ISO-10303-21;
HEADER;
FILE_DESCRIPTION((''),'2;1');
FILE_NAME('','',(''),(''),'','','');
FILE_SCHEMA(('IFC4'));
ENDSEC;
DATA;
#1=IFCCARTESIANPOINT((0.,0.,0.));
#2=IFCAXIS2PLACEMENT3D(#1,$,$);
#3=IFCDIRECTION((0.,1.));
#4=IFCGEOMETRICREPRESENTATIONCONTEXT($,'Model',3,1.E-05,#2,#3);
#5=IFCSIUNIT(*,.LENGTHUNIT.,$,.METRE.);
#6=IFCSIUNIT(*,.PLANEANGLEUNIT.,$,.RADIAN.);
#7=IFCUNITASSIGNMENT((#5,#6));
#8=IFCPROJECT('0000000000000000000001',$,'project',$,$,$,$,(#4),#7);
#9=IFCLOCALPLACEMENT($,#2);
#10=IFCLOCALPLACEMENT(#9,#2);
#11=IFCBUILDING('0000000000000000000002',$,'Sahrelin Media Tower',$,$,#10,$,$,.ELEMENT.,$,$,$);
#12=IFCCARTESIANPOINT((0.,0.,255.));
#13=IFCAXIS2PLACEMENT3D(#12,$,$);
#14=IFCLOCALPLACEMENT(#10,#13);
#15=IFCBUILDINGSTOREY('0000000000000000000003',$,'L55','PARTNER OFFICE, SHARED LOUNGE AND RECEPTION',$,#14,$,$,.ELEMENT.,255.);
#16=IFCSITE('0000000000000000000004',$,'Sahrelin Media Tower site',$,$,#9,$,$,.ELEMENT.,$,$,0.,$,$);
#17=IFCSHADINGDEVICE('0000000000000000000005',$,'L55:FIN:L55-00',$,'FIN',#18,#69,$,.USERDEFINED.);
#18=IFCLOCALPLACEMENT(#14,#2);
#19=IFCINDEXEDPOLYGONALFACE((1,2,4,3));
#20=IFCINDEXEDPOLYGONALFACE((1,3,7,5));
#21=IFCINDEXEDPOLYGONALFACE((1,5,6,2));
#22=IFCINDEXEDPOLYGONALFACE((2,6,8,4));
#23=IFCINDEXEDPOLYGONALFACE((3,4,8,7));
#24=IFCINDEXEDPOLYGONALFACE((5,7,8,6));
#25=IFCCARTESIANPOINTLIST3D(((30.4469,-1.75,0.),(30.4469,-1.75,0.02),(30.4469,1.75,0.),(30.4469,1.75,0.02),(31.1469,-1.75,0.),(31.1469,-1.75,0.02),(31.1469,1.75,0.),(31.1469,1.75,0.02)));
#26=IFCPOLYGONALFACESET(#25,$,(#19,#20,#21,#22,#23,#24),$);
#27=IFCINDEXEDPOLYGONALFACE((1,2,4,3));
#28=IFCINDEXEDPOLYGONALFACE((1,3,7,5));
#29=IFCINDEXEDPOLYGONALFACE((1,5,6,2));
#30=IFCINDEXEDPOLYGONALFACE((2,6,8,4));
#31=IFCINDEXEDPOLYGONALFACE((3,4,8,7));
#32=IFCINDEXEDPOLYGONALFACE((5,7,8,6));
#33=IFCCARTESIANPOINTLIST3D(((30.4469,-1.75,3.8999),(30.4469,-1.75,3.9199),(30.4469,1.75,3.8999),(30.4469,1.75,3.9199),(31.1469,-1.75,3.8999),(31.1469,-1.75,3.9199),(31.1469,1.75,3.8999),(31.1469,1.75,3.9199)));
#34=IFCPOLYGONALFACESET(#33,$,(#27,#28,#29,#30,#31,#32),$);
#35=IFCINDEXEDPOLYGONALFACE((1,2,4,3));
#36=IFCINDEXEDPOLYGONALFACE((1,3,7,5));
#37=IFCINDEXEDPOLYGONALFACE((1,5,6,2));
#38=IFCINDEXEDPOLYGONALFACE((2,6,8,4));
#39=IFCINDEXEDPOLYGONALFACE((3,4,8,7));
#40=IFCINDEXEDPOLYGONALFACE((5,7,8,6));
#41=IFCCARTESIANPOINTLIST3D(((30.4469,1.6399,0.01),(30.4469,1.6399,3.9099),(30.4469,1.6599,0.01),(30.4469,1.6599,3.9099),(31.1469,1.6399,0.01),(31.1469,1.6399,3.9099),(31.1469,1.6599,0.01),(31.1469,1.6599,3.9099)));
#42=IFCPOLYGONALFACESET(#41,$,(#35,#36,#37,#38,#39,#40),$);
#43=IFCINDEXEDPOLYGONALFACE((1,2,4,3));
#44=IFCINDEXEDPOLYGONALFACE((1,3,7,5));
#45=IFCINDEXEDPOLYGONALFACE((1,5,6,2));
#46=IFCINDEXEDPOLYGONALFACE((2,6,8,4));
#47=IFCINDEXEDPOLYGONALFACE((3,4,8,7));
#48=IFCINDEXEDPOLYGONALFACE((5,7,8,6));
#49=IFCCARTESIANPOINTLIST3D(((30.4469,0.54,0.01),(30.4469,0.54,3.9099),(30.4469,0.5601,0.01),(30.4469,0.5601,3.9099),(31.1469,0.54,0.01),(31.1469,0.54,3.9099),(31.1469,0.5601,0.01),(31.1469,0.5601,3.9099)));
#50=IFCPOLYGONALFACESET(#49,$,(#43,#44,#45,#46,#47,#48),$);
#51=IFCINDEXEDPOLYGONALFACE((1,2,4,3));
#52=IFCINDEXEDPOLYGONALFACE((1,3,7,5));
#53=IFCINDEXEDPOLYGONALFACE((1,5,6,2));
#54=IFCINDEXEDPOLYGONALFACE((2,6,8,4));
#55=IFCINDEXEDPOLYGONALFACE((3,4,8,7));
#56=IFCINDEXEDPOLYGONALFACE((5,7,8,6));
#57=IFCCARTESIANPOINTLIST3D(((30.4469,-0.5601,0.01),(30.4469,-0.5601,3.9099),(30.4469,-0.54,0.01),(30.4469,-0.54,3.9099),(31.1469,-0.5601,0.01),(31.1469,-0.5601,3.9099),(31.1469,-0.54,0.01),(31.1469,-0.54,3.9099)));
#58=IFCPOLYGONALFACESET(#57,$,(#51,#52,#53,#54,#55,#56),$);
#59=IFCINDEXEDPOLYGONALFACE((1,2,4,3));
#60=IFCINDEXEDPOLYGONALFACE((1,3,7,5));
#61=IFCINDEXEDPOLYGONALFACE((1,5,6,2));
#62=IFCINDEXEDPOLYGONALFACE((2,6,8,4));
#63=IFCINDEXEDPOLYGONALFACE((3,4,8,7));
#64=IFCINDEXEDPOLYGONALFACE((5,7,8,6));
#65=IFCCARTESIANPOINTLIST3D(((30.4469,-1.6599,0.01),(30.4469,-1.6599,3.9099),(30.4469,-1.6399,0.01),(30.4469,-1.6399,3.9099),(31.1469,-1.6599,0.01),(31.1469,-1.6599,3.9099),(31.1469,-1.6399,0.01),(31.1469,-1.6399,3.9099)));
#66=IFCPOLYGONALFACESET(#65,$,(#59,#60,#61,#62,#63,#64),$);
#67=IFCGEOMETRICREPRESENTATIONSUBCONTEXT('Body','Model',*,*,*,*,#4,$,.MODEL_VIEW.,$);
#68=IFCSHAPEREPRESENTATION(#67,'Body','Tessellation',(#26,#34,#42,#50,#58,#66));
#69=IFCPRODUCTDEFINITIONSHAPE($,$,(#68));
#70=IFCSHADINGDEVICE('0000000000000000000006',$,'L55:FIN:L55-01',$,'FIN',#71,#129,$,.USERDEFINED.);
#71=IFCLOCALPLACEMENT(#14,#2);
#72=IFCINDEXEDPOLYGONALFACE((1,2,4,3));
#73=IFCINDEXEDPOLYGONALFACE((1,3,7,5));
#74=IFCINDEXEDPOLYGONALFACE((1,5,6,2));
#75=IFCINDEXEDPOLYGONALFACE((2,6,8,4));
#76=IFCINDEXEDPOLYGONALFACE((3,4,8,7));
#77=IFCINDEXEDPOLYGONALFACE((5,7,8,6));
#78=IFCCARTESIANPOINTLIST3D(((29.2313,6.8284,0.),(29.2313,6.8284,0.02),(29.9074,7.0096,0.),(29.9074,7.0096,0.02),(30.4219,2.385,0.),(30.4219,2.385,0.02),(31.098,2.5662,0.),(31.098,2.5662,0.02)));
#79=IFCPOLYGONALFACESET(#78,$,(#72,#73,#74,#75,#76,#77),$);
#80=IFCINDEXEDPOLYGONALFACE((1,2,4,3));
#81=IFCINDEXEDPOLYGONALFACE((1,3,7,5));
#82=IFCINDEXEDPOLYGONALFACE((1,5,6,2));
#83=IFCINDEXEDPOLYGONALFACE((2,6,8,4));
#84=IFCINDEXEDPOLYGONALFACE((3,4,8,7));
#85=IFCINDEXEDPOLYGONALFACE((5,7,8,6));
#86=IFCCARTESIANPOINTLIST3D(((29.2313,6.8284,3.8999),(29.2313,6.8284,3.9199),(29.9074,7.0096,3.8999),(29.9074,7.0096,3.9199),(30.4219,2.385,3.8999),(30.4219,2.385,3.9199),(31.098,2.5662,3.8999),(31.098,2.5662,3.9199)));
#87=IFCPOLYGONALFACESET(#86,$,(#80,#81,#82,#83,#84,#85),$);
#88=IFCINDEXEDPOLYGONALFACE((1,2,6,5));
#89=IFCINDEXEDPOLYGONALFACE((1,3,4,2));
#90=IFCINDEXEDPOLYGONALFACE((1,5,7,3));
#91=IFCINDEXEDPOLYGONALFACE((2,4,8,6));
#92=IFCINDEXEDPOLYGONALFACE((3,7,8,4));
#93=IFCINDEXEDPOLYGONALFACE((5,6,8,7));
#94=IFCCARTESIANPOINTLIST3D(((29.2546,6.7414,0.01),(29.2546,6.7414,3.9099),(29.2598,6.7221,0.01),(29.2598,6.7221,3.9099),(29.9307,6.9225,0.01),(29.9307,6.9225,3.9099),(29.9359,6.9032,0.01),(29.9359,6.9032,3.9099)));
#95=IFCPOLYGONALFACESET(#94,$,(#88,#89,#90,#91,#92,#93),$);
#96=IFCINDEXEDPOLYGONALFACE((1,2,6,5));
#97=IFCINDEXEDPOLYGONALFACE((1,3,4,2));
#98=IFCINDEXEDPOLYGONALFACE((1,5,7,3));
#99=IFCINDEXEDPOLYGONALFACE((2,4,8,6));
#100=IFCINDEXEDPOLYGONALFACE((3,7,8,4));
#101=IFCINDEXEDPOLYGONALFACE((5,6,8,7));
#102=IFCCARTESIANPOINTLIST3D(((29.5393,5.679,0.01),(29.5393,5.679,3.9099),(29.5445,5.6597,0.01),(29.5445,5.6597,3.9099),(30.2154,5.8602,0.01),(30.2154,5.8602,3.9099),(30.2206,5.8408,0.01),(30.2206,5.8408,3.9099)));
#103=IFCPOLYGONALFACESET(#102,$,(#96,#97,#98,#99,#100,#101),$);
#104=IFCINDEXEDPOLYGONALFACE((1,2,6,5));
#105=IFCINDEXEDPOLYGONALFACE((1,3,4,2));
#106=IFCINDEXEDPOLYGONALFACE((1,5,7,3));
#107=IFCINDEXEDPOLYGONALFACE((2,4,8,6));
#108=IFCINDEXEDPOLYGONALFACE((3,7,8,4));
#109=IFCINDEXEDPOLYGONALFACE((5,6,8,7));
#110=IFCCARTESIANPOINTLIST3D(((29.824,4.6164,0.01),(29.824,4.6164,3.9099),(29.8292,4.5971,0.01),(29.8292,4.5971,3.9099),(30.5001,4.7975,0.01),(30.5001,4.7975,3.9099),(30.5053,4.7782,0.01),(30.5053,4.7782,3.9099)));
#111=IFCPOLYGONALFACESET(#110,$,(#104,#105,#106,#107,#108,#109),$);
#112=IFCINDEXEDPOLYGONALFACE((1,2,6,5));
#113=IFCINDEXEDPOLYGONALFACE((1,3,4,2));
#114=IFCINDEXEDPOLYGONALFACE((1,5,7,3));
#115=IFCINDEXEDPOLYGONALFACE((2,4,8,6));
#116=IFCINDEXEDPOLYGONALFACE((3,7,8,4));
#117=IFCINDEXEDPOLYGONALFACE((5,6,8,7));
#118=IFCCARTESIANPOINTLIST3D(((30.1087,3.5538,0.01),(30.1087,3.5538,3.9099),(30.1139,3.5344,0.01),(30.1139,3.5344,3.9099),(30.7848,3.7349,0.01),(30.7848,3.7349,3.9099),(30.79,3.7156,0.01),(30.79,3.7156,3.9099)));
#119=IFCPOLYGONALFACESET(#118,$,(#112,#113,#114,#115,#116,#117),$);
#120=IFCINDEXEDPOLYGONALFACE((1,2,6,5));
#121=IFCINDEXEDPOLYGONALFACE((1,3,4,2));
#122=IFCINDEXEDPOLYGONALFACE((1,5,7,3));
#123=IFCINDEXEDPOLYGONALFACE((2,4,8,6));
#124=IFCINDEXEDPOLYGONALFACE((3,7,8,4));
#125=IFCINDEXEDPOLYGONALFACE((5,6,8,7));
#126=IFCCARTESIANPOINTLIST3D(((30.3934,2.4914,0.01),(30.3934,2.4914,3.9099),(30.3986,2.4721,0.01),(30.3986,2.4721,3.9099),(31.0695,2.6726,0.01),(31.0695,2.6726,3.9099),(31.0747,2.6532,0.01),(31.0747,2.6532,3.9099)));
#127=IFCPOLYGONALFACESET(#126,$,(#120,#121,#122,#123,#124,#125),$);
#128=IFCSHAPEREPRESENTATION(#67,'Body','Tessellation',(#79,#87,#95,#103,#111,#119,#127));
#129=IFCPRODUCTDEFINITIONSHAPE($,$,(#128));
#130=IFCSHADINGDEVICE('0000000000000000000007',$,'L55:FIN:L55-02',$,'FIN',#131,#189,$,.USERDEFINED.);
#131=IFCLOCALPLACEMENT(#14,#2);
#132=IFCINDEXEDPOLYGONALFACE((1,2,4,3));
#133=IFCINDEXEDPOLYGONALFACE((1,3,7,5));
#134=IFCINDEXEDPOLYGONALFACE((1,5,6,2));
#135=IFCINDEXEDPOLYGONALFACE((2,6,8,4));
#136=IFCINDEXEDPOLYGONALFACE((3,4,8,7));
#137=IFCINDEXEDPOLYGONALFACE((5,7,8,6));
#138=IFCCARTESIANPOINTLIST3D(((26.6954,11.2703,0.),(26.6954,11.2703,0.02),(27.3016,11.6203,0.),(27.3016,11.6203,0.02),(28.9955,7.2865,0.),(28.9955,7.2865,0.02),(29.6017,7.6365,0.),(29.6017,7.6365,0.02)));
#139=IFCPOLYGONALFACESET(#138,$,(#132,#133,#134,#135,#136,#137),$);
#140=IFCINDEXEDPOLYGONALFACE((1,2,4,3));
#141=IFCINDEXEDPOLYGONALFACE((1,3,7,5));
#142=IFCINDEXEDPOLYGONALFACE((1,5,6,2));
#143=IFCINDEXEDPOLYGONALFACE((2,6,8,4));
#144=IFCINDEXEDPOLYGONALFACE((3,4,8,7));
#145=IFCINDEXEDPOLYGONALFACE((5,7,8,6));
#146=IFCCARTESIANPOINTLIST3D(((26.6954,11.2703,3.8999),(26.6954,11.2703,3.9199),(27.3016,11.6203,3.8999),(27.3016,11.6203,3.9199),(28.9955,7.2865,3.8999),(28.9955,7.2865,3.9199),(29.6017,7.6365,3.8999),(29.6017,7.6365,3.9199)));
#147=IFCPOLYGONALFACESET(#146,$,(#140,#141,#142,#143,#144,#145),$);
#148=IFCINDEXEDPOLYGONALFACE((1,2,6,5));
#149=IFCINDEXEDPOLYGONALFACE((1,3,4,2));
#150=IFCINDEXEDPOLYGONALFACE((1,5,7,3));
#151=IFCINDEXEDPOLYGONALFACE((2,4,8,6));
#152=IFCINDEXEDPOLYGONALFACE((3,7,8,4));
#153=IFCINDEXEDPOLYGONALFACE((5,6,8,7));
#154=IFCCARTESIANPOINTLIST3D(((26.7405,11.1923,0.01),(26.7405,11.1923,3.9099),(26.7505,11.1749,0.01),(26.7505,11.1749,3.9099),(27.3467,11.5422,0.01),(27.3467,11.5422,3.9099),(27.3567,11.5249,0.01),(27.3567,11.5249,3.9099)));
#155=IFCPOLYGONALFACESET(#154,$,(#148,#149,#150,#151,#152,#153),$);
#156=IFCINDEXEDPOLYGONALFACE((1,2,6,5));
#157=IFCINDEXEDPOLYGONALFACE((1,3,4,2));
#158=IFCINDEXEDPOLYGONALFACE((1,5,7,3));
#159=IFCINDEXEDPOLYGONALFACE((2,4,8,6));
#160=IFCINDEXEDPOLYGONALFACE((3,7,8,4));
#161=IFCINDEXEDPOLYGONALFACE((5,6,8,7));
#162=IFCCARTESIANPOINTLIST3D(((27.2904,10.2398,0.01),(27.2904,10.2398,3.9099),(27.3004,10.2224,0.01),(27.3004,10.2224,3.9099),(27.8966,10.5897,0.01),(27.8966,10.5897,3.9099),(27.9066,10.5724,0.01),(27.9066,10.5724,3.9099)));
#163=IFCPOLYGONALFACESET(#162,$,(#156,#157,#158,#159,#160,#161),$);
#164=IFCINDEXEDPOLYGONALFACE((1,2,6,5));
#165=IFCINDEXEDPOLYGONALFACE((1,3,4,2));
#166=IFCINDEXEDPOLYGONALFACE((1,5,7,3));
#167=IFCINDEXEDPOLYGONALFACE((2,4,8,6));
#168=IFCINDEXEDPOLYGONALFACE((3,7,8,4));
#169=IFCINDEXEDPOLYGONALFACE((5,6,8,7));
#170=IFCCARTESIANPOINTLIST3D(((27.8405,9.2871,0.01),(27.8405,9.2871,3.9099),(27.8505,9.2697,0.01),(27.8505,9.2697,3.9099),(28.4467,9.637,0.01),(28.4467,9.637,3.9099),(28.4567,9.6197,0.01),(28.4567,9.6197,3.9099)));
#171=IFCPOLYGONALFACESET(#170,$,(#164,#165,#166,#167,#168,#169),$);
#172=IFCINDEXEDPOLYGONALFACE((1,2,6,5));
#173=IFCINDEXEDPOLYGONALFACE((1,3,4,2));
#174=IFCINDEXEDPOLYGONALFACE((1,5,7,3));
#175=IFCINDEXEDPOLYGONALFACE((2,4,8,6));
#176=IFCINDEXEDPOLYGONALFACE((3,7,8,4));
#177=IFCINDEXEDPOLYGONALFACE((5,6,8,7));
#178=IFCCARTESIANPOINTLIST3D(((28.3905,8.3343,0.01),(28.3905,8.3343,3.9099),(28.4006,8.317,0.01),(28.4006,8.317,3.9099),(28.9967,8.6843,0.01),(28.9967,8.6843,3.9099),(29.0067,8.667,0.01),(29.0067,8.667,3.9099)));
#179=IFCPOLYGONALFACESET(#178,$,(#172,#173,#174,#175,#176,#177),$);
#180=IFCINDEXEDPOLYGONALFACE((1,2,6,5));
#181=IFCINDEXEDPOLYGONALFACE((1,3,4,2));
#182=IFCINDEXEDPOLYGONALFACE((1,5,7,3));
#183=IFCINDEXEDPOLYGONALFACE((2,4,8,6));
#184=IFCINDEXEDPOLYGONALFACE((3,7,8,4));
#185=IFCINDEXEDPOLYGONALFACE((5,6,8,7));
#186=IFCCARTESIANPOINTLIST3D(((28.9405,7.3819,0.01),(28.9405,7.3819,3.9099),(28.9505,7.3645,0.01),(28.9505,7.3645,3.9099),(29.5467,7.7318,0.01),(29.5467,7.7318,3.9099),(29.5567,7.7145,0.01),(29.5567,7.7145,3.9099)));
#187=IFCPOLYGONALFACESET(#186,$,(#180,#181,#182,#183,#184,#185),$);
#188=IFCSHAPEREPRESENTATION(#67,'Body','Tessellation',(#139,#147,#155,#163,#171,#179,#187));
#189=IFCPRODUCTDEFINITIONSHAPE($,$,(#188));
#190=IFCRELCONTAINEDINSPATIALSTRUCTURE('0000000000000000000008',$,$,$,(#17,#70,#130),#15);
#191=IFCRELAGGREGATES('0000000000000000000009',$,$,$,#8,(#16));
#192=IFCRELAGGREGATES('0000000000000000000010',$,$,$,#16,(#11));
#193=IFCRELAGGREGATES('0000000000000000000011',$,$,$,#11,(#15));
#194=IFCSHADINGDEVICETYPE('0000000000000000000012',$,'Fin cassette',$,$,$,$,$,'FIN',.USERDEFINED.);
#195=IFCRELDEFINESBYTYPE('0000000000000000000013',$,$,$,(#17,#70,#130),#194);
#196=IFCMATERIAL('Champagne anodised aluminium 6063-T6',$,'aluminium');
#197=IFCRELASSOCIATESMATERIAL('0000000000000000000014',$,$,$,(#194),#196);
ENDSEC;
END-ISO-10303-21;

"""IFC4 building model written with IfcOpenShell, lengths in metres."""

from ifc_helpers import new_model, si_unit, direction, frame, origin, origin_2d, place, context, subcontext, project, spatial, rectangle, extrude, material, type_object, element, save


model = new_model("IFC4")

# Units and contexts
model_context = context("Model", 3, precision=1e-05, world=origin(), true_north=direction((0.0, 1.0)))
body_context = subcontext(model_context, "Body", "Model", "MODEL_VIEW")
ifc_project = project(units=[si_unit("LENGTHUNIT", "METRE"), si_unit("PLANEANGLEUNIT", "RADIAN")], contexts=[model_context])

# Site, building, storey
site_placement = place(None, origin())
site = spatial("IfcSite", under=ifc_project, at=site_placement, Name="Sahrelin Media Tower site", CompositionType="ELEMENT", RefElevation=0.0)
building_placement = place(site_placement, origin())
building = spatial("IfcBuilding", under=site, at=building_placement, Name="Sahrelin Media Tower", CompositionType="ELEMENT")
storey_placement = place(building_placement, frame((0.0, 0.0, 255.0)))
storey = spatial("IfcBuildingStorey", under=building, at=storey_placement, Name="L55", Description="PARTNER OFFICE, SHARED LOUNGE AND RECEPTION", CompositionType="ELEMENT", Elevation=255.0)

# Shared definitions
ifc_material_1 = material(Name="Champagne anodised aluminium 6063-T6", Category="aluminium")

# Shading devices
shading_device_type_1 = type_object("IfcShadingDeviceType", Name="Fin cassette", ElementType="FIN", PredefinedType="USERDEFINED", material=ifc_material_1)
placement_1 = place(storey_placement, frame((30.377, 0.0, 0.0), z_axis=(0.0, 0.0, 1.0), x_axis=(0.0, -1.0, 0.0)))
element("IfcShadingDevice", 1, at=placement_1, inside=storey, type_object=shading_device_type_1, Name="L55:FIN:L55-00", ObjectType="FIN", PredefinedType="USERDEFINED", context=body_context, shape_type="SweptSolid", body=[
    extrude(rectangle(XDim=3.5, YDim=0.7, at=origin_2d()), frame((0.0, 0.4199, 0.0)), (0.0, 0.0, 1.0), 0.02),
    extrude(rectangle(XDim=3.5, YDim=0.7, at=origin_2d()), frame((0.0, 0.4199, 3.8999)), (0.0, 0.0, 1.0), 0.02),
    extrude(rectangle(XDim=0.02, YDim=0.7, at=origin_2d()), frame((-1.6499, 0.4199, 0.01), z_axis=(0.0, 0.0, 1.0), x_axis=(1.0, 0.0, 0.0)), (0.0, 0.0, 1.0), 3.8999),
    extrude(rectangle(XDim=0.02, YDim=0.7, at=origin_2d()), frame((-0.55, 0.4199, 0.01), z_axis=(0.0, 0.0, 1.0), x_axis=(1.0, 0.0, 0.0)), (0.0, 0.0, 1.0), 3.8999),
    extrude(rectangle(XDim=0.02, YDim=0.7, at=origin_2d()), frame((0.55, 0.4199, 0.01), z_axis=(0.0, 0.0, 1.0), x_axis=(1.0, 0.0, 0.0)), (0.0, 0.0, 1.0), 3.8999),
    extrude(rectangle(XDim=0.02, YDim=0.7, at=origin_2d()), frame((1.6499, 0.4199, 0.01), z_axis=(0.0, 0.0, 1.0), x_axis=(1.0, 0.0, 0.0)), (0.0, 0.0, 1.0), 3.8999),
])
placement_2 = place(storey_placement, frame((29.759, 4.5886, 0.0), z_axis=(0.0, 0.0, 1.0), x_axis=(0.258808, -0.965929, 0.0)))
element("IfcShadingDevice", 2, at=placement_2, inside=storey, type_object=shading_device_type_1, Name="L55:FIN:L55-01", ObjectType="FIN", PredefinedType="USERDEFINED", context=body_context, shape_type="SweptSolid", body=[
    extrude(rectangle(XDim=4.6001, YDim=0.7, at=origin_2d()), frame((0.0, 0.4199, 0.0)), (0.0, 0.0, 1.0), 0.02),
    extrude(rectangle(XDim=4.6001, YDim=0.7, at=origin_2d()), frame((0.0, 0.4199, 3.8999)), (0.0, 0.0, 1.0), 0.02),
    extrude(rectangle(XDim=0.02, YDim=0.7, at=origin_2d()), frame((-2.2, 0.4199, 0.01), z_axis=(0.0, 0.0, 1.0), x_axis=(1.0, 0.0, 0.0)), (0.0, 0.0, 1.0), 3.8999),
    extrude(rectangle(XDim=0.02, YDim=0.7, at=origin_2d()), frame((-1.1001, 0.4199, 0.01), z_axis=(0.0, 0.0, 1.0), x_axis=(1.0, 0.0, 0.0)), (0.0, 0.0, 1.0), 3.8999),
    extrude(rectangle(XDim=0.02, YDim=0.7, at=origin_2d()), frame((0.0, 0.4199, 0.01), z_axis=(0.0, 0.0, 1.0), x_axis=(1.0, 0.0, 0.0)), (0.0, 0.0, 1.0), 3.8999),
    extrude(rectangle(XDim=0.02, YDim=0.7, at=origin_2d()), frame((1.1001, 0.4199, 0.01), z_axis=(0.0, 0.0, 1.0), x_axis=(1.0, 0.0, 0.0)), (0.0, 0.0, 1.0), 3.8999),
    extrude(rectangle(XDim=0.02, YDim=0.7, at=origin_2d()), frame((2.2, 0.4199, 0.01), z_axis=(0.0, 0.0, 1.0), x_axis=(1.0, 0.0, 0.0)), (0.0, 0.0, 1.0), 3.8999),
])
placement_3 = place(storey_placement, frame((27.7849, 9.2434, 0.0), z_axis=(0.0, 0.0, 1.0), x_axis=(0.500011, -0.866019, 0.0)))
element("IfcShadingDevice", 3, at=placement_3, inside=storey, type_object=shading_device_type_1, Name="L55:FIN:L55-02", ObjectType="FIN", PredefinedType="USERDEFINED", context=body_context, shape_type="SweptSolid", body=[
    extrude(rectangle(XDim=4.6001, YDim=0.7, at=origin_2d()), frame((0.0, 0.4199, 0.0)), (0.0, 0.0, 1.0), 0.02),
    extrude(rectangle(XDim=4.6001, YDim=0.7, at=origin_2d()), frame((0.0, 0.4199, 3.8999)), (0.0, 0.0, 1.0), 0.02),
    extrude(rectangle(XDim=0.02, YDim=0.7, at=origin_2d()), frame((-2.2, 0.4199, 0.01), z_axis=(0.0, 0.0, 1.0), x_axis=(1.0, 0.0, 0.0)), (0.0, 0.0, 1.0), 3.8999),
    extrude(rectangle(XDim=0.02, YDim=0.7, at=origin_2d()), frame((-1.1001, 0.4199, 0.01), z_axis=(0.0, 0.0, 1.0), x_axis=(1.0, 0.0, 0.0)), (0.0, 0.0, 1.0), 3.8999),
    extrude(rectangle(XDim=0.02, YDim=0.7, at=origin_2d()), frame((0.0, 0.4199, 0.01), z_axis=(0.0, 0.0, 1.0), x_axis=(1.0, 0.0, 0.0)), (0.0, 0.0, 1.0), 3.8999),
    extrude(rectangle(XDim=0.02, YDim=0.7, at=origin_2d()), frame((1.1001, 0.4199, 0.01), z_axis=(0.0, 0.0, 1.0), x_axis=(1.0, 0.0, 0.0)), (0.0, 0.0, 1.0), 3.8999),
    extrude(rectangle(XDim=0.02, YDim=0.7, at=origin_2d()), frame((2.2, 0.4199, 0.01), z_axis=(0.0, 0.0, 1.0), x_axis=(1.0, 0.0, 0.0)), (0.0, 0.0, 1.0), 3.8999),
])

save(model, "model.ifc")
